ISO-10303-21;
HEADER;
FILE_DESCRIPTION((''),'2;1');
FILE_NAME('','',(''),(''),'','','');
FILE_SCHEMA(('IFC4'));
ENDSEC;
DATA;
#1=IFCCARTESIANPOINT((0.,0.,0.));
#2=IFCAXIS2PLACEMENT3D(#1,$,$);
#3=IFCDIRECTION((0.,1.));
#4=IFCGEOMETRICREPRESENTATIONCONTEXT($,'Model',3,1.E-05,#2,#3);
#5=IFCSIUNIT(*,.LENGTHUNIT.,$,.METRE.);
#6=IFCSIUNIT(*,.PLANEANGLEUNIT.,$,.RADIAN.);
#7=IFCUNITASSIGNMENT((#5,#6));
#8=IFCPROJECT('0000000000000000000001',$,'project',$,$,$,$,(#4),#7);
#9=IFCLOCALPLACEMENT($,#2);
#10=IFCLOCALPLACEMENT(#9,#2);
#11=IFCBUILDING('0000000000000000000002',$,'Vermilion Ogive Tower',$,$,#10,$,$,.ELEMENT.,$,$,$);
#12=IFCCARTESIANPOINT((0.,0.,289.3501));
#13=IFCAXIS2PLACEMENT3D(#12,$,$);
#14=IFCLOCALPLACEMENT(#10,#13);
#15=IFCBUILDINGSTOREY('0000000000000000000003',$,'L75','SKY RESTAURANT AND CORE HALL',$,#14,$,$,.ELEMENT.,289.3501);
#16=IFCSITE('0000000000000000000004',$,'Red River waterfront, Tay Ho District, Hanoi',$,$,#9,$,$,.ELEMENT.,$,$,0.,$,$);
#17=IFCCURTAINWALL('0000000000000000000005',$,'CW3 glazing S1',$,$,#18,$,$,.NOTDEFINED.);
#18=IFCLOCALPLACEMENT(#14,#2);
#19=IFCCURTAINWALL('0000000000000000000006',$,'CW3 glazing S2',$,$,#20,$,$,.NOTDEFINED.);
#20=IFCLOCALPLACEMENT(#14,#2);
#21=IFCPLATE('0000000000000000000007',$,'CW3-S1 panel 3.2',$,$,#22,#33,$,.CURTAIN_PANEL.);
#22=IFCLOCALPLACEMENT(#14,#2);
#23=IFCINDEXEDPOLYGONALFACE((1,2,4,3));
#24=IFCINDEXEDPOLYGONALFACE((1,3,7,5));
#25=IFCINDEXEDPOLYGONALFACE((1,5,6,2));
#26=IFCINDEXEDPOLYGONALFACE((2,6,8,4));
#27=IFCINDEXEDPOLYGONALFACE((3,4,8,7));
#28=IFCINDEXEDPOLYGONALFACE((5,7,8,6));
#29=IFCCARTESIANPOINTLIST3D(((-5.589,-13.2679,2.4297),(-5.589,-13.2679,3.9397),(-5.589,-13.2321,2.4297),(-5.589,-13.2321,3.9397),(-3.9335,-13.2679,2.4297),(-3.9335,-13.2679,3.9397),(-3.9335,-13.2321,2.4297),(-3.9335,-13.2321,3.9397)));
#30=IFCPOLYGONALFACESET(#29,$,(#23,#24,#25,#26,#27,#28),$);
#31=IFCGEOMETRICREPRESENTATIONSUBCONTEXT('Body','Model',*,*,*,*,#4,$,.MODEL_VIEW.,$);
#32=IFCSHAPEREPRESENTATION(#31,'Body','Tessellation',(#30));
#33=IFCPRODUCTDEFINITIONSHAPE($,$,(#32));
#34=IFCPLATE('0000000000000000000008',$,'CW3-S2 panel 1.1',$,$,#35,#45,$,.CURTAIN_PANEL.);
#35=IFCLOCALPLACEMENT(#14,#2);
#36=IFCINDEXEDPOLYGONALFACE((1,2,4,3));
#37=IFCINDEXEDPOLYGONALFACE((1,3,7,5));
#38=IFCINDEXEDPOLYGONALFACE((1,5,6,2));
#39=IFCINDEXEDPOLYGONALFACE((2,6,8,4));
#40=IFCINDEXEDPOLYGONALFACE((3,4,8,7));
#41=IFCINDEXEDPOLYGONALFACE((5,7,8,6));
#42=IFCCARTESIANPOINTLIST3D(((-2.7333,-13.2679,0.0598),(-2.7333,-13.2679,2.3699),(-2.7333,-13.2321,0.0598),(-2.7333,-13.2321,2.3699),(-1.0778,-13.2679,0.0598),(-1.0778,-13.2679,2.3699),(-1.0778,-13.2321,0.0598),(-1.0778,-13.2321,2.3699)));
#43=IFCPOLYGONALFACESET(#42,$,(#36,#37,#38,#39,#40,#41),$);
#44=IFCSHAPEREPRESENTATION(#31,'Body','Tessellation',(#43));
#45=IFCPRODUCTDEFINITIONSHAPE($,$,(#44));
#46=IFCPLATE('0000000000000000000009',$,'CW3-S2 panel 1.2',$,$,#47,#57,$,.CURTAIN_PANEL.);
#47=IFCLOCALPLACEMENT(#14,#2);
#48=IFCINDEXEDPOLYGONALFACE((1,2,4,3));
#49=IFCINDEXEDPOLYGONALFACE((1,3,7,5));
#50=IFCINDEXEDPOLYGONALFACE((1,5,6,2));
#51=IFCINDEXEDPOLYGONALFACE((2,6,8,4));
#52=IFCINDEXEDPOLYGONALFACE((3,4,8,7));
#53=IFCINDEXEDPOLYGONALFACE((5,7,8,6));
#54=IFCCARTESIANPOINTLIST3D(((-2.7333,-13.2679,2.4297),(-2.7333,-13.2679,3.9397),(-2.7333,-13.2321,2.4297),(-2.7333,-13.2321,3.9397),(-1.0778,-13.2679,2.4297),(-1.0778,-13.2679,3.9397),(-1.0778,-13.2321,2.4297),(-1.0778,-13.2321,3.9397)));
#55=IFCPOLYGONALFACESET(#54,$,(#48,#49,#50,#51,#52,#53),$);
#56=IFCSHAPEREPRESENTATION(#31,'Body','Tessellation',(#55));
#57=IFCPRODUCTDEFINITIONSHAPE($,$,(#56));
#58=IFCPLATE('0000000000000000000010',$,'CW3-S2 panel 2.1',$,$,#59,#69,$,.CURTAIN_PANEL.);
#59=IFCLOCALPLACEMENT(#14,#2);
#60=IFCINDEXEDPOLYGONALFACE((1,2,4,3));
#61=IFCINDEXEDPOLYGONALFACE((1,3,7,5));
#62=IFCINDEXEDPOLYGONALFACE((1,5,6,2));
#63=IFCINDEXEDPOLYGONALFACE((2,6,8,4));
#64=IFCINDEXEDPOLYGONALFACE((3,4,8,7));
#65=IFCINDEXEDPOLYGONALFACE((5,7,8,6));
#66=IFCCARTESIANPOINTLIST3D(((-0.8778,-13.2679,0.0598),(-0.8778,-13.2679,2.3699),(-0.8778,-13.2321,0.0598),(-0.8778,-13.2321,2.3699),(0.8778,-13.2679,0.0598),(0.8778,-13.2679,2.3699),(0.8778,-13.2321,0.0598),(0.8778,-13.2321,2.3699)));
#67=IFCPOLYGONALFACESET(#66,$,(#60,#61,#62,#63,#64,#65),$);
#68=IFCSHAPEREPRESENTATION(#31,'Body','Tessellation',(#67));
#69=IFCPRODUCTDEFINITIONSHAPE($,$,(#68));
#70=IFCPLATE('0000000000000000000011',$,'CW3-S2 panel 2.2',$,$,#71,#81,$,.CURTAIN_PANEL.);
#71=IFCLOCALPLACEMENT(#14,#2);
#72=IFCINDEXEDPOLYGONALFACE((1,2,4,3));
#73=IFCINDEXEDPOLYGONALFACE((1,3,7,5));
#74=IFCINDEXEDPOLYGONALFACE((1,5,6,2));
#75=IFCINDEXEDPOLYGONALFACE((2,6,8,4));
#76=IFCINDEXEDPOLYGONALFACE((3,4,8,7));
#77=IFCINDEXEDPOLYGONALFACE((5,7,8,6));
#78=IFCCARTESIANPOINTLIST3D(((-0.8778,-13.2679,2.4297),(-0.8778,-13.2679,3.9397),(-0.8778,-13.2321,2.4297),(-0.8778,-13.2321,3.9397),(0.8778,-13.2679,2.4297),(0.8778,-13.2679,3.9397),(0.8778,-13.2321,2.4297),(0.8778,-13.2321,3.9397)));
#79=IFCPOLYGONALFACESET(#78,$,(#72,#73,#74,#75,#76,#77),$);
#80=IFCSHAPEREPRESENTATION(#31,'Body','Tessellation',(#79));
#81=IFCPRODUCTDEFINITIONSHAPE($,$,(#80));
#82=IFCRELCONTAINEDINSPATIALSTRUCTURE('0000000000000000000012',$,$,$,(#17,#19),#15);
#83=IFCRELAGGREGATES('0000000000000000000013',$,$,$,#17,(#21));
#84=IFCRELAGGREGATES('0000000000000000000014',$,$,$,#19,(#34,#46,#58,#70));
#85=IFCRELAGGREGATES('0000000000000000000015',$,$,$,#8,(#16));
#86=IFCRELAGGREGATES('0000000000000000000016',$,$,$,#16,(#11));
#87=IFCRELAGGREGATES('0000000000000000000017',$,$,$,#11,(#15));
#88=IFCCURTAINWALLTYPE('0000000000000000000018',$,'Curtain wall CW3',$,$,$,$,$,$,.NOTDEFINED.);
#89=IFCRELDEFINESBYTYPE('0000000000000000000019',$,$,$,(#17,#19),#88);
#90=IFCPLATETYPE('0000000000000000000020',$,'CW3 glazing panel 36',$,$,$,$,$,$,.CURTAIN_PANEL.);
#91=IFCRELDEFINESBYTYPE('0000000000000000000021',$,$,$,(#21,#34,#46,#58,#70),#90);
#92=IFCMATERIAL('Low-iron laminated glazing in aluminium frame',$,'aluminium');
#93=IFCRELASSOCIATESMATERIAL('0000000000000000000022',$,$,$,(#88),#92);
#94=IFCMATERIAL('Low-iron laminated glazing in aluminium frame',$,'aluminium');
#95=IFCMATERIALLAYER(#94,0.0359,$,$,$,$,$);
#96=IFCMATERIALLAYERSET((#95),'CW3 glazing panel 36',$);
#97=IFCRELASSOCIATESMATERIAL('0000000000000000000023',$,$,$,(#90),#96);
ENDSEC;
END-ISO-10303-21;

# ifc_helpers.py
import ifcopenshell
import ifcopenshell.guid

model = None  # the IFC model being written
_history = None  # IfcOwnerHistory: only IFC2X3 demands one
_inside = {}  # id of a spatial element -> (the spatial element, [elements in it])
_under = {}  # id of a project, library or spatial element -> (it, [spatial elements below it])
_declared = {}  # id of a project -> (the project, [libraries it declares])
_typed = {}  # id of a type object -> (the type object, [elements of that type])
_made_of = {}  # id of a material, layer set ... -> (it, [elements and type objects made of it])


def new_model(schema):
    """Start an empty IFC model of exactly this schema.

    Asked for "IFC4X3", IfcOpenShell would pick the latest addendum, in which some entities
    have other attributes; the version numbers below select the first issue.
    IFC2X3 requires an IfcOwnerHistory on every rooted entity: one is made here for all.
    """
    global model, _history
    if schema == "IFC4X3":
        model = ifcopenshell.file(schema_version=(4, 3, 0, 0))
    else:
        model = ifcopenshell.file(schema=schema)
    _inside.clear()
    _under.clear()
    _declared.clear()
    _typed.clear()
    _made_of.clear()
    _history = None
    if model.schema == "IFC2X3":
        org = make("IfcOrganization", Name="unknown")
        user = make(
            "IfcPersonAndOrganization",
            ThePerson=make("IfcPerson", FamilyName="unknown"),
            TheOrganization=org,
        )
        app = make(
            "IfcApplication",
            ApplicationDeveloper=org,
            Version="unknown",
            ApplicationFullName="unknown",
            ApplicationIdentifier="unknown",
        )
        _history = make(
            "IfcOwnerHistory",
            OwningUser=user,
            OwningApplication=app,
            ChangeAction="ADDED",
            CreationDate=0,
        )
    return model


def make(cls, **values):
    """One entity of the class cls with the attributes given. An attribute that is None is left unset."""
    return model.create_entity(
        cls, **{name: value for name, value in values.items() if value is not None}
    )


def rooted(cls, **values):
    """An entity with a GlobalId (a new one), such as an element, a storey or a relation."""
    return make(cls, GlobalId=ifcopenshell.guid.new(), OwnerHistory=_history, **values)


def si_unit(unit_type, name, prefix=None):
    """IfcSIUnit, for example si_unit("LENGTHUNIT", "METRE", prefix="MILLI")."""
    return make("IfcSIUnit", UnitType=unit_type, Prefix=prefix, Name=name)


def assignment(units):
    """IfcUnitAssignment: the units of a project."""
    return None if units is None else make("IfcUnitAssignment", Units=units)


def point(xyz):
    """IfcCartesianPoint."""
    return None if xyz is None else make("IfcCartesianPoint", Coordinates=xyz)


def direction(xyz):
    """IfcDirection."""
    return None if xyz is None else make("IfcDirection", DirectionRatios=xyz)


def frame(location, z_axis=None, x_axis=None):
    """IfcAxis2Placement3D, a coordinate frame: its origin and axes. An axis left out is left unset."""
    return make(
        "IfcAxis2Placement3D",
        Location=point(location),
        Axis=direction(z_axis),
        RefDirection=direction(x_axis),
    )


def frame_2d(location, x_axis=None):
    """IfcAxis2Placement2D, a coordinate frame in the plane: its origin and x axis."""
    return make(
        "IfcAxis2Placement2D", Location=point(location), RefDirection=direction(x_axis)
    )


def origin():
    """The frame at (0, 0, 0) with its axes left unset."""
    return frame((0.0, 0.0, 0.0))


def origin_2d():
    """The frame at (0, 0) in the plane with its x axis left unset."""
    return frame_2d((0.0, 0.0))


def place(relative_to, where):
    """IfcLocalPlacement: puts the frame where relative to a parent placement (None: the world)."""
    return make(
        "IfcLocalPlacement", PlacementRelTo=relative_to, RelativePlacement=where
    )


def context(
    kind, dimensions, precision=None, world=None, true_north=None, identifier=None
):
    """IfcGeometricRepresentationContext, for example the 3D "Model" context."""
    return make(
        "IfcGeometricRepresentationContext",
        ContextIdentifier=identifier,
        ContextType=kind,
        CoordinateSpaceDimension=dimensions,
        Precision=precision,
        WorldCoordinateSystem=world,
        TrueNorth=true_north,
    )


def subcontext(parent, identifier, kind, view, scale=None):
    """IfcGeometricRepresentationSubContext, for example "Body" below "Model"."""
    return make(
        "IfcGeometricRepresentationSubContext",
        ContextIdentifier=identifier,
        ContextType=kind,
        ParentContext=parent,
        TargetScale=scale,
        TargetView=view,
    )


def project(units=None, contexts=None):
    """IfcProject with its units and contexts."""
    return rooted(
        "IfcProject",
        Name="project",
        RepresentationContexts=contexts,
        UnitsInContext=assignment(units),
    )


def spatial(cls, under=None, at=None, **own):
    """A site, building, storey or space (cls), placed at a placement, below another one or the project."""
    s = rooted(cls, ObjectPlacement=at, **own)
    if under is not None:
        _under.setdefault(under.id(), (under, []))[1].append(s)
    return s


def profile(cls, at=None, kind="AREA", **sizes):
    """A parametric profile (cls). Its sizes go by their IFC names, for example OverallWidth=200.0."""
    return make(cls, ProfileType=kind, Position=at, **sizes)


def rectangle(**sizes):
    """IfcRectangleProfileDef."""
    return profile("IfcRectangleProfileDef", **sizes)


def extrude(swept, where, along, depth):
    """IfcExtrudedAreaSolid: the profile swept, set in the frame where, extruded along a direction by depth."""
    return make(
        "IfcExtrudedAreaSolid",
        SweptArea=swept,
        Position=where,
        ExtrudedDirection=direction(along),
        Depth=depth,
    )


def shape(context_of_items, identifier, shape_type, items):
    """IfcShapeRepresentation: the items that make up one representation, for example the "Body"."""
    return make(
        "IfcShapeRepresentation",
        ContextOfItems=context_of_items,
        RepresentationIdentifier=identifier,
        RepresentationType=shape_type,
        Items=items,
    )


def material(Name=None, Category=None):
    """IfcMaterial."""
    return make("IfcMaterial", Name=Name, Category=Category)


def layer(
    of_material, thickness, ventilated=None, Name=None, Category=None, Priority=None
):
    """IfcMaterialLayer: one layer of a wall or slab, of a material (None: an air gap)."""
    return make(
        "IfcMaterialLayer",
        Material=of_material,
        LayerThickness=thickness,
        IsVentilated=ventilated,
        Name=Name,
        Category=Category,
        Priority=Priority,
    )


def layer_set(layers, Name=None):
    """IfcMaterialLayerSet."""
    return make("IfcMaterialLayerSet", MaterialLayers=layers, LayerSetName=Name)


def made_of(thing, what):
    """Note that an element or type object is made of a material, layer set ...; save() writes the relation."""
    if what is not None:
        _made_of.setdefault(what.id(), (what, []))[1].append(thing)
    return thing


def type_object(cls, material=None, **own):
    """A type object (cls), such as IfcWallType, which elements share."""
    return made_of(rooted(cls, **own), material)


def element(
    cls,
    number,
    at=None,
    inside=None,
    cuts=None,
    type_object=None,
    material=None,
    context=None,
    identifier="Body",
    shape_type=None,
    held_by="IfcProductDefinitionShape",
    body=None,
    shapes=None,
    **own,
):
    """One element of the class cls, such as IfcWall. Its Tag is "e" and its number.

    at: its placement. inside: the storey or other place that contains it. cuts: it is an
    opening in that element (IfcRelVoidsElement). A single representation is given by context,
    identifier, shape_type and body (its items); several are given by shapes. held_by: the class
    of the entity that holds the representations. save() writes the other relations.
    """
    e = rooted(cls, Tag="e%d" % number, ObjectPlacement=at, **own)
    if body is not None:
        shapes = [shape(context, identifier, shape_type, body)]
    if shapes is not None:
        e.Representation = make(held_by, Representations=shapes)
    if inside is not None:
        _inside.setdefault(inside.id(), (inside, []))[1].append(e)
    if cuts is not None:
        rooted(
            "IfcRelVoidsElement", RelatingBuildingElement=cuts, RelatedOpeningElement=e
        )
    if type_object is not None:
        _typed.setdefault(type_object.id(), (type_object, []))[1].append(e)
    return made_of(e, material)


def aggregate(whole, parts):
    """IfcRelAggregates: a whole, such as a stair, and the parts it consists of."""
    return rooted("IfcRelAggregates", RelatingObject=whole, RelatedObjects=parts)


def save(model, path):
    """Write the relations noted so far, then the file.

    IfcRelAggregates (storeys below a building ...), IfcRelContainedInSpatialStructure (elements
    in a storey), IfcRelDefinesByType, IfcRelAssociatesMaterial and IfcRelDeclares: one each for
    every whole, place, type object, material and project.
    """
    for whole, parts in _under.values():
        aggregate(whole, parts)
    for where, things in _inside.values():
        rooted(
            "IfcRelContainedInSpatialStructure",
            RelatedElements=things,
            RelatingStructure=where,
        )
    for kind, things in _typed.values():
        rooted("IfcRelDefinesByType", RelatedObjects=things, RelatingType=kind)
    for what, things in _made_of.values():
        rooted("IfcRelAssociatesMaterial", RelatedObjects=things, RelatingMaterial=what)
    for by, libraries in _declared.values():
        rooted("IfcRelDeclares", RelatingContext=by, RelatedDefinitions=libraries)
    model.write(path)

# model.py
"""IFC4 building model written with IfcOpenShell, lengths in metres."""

from ifc_helpers import new_model, si_unit, direction, frame, origin, origin_2d, place, context, subcontext, project, spatial, rectangle, extrude, material, layer, layer_set, type_object, element, aggregate, save


model = new_model("IFC4")

# Units and contexts
model_context = context("Model", 3, precision=1e-05, world=origin(), true_north=direction((0.0, 1.0)))
body_context = subcontext(model_context, "Body", "Model", "MODEL_VIEW")
ifc_project = project(units=[si_unit("LENGTHUNIT", "METRE"), si_unit("PLANEANGLEUNIT", "RADIAN")], contexts=[model_context])

# Site, building, storey
site_placement = place(None, origin())
site = spatial("IfcSite", under=ifc_project, at=site_placement, Name="Red River waterfront, Tay Ho District, Hanoi", CompositionType="ELEMENT", RefElevation=0.0)
building_placement = place(site_placement, origin())
building = spatial("IfcBuilding", under=site, at=building_placement, Name="Vermilion Ogive Tower", CompositionType="ELEMENT")
storey_placement = place(building_placement, frame((0.0, 0.0, 289.3501)))
storey = spatial("IfcBuildingStorey", under=building, at=storey_placement, Name="L75", Description="SKY RESTAURANT AND CORE HALL", CompositionType="ELEMENT", Elevation=289.3501)

# Curtain walls
ifc_material_1 = material(Name="Low-iron laminated glazing in aluminium frame", Category="aluminium")
curtain_wall_type = type_object("IfcCurtainWallType", Name="Curtain wall CW3", PredefinedType="NOTDEFINED", material=ifc_material_1)
curtain_wall_1_placement = place(storey_placement, origin())
curtain_wall_1 = element("IfcCurtainWall", 1, at=curtain_wall_1_placement, inside=storey, type_object=curtain_wall_type, Name="CW3 glazing S1", PredefinedType="NOTDEFINED")
curtain_wall_2_placement = place(storey_placement, origin())
curtain_wall_2 = element("IfcCurtainWall", 2, at=curtain_wall_2_placement, inside=storey, type_object=curtain_wall_type, Name="CW3 glazing S2", PredefinedType="NOTDEFINED")

# Plates
ifc_material_2 = material(Name="Low-iron laminated glazing in aluminium frame", Category="aluminium")
ifc_layer = layer(ifc_material_2, 0.0359)
ifc_layer_set = layer_set([ifc_layer], Name="CW3 glazing panel 36")
plate_type = type_object("IfcPlateType", Name="CW3 glazing panel 36", PredefinedType="CURTAIN_PANEL", material=ifc_layer_set)
plate_1_placement = place(storey_placement, frame((-4.7612, -13.25, 2.4297), z_axis=(0.0, 0.0, 1.0), x_axis=(1.0, 0.0, 0.0)))
plate_1 = element("IfcPlate", 3, at=plate_1_placement, type_object=plate_type, Name="CW3-S1 panel 3.2", PredefinedType="CURTAIN_PANEL", context=body_context, shape_type="SweptSolid", body=[
    extrude(rectangle(XDim=1.6555, YDim=0.0359, at=origin_2d()), origin(), (0.0, 0.0, 1.0), 1.51),
])
aggregate(curtain_wall_1, [plate_1])
plate_2_placement = place(storey_placement, frame((-1.9055, -13.25, 0.0598), z_axis=(0.0, 0.0, 1.0), x_axis=(1.0, 0.0, 0.0)))
plate_2 = element("IfcPlate", 4, at=plate_2_placement, type_object=plate_type, Name="CW3-S2 panel 1.1", PredefinedType="CURTAIN_PANEL", context=body_context, shape_type="SweptSolid", body=[
    extrude(rectangle(XDim=1.6555, YDim=0.0359, at=origin_2d()), origin(), (0.0, 0.0, 1.0), 2.3101),
])
plate_3_placement = place(storey_placement, frame((-1.9055, -13.25, 2.4297), z_axis=(0.0, 0.0, 1.0), x_axis=(1.0, 0.0, 0.0)))
plate_3 = element("IfcPlate", 5, at=plate_3_placement, type_object=plate_type, Name="CW3-S2 panel 1.2", PredefinedType="CURTAIN_PANEL", context=body_context, shape_type="SweptSolid", body=[
    extrude(rectangle(XDim=1.6555, YDim=0.0359, at=origin_2d()), origin(), (0.0, 0.0, 1.0), 1.51),
])
plate_4_placement = place(storey_placement, frame((0.0, -13.25, 0.0598), z_axis=(0.0, 0.0, 1.0), x_axis=(1.0, 0.0, 0.0)))
plate_4 = element("IfcPlate", 6, at=plate_4_placement, type_object=plate_type, Name="CW3-S2 panel 2.1", PredefinedType="CURTAIN_PANEL", context=body_context, shape_type="SweptSolid", body=[
    extrude(rectangle(XDim=1.7556, YDim=0.0359, at=origin_2d()), origin(), (0.0, 0.0, 1.0), 2.3101),
])
plate_5_placement = place(storey_placement, frame((0.0, -13.25, 2.4297), z_axis=(0.0, 0.0, 1.0), x_axis=(1.0, 0.0, 0.0)))
plate_5 = element("IfcPlate", 7, at=plate_5_placement, type_object=plate_type, Name="CW3-S2 panel 2.2", PredefinedType="CURTAIN_PANEL", context=body_context, shape_type="SweptSolid", body=[
    extrude(rectangle(XDim=1.7556, YDim=0.0359, at=origin_2d()), origin(), (0.0, 0.0, 1.0), 1.51),
])
aggregate(curtain_wall_2, [plate_2, plate_3, plate_4, plate_5])

save(model, "model.ifc")
